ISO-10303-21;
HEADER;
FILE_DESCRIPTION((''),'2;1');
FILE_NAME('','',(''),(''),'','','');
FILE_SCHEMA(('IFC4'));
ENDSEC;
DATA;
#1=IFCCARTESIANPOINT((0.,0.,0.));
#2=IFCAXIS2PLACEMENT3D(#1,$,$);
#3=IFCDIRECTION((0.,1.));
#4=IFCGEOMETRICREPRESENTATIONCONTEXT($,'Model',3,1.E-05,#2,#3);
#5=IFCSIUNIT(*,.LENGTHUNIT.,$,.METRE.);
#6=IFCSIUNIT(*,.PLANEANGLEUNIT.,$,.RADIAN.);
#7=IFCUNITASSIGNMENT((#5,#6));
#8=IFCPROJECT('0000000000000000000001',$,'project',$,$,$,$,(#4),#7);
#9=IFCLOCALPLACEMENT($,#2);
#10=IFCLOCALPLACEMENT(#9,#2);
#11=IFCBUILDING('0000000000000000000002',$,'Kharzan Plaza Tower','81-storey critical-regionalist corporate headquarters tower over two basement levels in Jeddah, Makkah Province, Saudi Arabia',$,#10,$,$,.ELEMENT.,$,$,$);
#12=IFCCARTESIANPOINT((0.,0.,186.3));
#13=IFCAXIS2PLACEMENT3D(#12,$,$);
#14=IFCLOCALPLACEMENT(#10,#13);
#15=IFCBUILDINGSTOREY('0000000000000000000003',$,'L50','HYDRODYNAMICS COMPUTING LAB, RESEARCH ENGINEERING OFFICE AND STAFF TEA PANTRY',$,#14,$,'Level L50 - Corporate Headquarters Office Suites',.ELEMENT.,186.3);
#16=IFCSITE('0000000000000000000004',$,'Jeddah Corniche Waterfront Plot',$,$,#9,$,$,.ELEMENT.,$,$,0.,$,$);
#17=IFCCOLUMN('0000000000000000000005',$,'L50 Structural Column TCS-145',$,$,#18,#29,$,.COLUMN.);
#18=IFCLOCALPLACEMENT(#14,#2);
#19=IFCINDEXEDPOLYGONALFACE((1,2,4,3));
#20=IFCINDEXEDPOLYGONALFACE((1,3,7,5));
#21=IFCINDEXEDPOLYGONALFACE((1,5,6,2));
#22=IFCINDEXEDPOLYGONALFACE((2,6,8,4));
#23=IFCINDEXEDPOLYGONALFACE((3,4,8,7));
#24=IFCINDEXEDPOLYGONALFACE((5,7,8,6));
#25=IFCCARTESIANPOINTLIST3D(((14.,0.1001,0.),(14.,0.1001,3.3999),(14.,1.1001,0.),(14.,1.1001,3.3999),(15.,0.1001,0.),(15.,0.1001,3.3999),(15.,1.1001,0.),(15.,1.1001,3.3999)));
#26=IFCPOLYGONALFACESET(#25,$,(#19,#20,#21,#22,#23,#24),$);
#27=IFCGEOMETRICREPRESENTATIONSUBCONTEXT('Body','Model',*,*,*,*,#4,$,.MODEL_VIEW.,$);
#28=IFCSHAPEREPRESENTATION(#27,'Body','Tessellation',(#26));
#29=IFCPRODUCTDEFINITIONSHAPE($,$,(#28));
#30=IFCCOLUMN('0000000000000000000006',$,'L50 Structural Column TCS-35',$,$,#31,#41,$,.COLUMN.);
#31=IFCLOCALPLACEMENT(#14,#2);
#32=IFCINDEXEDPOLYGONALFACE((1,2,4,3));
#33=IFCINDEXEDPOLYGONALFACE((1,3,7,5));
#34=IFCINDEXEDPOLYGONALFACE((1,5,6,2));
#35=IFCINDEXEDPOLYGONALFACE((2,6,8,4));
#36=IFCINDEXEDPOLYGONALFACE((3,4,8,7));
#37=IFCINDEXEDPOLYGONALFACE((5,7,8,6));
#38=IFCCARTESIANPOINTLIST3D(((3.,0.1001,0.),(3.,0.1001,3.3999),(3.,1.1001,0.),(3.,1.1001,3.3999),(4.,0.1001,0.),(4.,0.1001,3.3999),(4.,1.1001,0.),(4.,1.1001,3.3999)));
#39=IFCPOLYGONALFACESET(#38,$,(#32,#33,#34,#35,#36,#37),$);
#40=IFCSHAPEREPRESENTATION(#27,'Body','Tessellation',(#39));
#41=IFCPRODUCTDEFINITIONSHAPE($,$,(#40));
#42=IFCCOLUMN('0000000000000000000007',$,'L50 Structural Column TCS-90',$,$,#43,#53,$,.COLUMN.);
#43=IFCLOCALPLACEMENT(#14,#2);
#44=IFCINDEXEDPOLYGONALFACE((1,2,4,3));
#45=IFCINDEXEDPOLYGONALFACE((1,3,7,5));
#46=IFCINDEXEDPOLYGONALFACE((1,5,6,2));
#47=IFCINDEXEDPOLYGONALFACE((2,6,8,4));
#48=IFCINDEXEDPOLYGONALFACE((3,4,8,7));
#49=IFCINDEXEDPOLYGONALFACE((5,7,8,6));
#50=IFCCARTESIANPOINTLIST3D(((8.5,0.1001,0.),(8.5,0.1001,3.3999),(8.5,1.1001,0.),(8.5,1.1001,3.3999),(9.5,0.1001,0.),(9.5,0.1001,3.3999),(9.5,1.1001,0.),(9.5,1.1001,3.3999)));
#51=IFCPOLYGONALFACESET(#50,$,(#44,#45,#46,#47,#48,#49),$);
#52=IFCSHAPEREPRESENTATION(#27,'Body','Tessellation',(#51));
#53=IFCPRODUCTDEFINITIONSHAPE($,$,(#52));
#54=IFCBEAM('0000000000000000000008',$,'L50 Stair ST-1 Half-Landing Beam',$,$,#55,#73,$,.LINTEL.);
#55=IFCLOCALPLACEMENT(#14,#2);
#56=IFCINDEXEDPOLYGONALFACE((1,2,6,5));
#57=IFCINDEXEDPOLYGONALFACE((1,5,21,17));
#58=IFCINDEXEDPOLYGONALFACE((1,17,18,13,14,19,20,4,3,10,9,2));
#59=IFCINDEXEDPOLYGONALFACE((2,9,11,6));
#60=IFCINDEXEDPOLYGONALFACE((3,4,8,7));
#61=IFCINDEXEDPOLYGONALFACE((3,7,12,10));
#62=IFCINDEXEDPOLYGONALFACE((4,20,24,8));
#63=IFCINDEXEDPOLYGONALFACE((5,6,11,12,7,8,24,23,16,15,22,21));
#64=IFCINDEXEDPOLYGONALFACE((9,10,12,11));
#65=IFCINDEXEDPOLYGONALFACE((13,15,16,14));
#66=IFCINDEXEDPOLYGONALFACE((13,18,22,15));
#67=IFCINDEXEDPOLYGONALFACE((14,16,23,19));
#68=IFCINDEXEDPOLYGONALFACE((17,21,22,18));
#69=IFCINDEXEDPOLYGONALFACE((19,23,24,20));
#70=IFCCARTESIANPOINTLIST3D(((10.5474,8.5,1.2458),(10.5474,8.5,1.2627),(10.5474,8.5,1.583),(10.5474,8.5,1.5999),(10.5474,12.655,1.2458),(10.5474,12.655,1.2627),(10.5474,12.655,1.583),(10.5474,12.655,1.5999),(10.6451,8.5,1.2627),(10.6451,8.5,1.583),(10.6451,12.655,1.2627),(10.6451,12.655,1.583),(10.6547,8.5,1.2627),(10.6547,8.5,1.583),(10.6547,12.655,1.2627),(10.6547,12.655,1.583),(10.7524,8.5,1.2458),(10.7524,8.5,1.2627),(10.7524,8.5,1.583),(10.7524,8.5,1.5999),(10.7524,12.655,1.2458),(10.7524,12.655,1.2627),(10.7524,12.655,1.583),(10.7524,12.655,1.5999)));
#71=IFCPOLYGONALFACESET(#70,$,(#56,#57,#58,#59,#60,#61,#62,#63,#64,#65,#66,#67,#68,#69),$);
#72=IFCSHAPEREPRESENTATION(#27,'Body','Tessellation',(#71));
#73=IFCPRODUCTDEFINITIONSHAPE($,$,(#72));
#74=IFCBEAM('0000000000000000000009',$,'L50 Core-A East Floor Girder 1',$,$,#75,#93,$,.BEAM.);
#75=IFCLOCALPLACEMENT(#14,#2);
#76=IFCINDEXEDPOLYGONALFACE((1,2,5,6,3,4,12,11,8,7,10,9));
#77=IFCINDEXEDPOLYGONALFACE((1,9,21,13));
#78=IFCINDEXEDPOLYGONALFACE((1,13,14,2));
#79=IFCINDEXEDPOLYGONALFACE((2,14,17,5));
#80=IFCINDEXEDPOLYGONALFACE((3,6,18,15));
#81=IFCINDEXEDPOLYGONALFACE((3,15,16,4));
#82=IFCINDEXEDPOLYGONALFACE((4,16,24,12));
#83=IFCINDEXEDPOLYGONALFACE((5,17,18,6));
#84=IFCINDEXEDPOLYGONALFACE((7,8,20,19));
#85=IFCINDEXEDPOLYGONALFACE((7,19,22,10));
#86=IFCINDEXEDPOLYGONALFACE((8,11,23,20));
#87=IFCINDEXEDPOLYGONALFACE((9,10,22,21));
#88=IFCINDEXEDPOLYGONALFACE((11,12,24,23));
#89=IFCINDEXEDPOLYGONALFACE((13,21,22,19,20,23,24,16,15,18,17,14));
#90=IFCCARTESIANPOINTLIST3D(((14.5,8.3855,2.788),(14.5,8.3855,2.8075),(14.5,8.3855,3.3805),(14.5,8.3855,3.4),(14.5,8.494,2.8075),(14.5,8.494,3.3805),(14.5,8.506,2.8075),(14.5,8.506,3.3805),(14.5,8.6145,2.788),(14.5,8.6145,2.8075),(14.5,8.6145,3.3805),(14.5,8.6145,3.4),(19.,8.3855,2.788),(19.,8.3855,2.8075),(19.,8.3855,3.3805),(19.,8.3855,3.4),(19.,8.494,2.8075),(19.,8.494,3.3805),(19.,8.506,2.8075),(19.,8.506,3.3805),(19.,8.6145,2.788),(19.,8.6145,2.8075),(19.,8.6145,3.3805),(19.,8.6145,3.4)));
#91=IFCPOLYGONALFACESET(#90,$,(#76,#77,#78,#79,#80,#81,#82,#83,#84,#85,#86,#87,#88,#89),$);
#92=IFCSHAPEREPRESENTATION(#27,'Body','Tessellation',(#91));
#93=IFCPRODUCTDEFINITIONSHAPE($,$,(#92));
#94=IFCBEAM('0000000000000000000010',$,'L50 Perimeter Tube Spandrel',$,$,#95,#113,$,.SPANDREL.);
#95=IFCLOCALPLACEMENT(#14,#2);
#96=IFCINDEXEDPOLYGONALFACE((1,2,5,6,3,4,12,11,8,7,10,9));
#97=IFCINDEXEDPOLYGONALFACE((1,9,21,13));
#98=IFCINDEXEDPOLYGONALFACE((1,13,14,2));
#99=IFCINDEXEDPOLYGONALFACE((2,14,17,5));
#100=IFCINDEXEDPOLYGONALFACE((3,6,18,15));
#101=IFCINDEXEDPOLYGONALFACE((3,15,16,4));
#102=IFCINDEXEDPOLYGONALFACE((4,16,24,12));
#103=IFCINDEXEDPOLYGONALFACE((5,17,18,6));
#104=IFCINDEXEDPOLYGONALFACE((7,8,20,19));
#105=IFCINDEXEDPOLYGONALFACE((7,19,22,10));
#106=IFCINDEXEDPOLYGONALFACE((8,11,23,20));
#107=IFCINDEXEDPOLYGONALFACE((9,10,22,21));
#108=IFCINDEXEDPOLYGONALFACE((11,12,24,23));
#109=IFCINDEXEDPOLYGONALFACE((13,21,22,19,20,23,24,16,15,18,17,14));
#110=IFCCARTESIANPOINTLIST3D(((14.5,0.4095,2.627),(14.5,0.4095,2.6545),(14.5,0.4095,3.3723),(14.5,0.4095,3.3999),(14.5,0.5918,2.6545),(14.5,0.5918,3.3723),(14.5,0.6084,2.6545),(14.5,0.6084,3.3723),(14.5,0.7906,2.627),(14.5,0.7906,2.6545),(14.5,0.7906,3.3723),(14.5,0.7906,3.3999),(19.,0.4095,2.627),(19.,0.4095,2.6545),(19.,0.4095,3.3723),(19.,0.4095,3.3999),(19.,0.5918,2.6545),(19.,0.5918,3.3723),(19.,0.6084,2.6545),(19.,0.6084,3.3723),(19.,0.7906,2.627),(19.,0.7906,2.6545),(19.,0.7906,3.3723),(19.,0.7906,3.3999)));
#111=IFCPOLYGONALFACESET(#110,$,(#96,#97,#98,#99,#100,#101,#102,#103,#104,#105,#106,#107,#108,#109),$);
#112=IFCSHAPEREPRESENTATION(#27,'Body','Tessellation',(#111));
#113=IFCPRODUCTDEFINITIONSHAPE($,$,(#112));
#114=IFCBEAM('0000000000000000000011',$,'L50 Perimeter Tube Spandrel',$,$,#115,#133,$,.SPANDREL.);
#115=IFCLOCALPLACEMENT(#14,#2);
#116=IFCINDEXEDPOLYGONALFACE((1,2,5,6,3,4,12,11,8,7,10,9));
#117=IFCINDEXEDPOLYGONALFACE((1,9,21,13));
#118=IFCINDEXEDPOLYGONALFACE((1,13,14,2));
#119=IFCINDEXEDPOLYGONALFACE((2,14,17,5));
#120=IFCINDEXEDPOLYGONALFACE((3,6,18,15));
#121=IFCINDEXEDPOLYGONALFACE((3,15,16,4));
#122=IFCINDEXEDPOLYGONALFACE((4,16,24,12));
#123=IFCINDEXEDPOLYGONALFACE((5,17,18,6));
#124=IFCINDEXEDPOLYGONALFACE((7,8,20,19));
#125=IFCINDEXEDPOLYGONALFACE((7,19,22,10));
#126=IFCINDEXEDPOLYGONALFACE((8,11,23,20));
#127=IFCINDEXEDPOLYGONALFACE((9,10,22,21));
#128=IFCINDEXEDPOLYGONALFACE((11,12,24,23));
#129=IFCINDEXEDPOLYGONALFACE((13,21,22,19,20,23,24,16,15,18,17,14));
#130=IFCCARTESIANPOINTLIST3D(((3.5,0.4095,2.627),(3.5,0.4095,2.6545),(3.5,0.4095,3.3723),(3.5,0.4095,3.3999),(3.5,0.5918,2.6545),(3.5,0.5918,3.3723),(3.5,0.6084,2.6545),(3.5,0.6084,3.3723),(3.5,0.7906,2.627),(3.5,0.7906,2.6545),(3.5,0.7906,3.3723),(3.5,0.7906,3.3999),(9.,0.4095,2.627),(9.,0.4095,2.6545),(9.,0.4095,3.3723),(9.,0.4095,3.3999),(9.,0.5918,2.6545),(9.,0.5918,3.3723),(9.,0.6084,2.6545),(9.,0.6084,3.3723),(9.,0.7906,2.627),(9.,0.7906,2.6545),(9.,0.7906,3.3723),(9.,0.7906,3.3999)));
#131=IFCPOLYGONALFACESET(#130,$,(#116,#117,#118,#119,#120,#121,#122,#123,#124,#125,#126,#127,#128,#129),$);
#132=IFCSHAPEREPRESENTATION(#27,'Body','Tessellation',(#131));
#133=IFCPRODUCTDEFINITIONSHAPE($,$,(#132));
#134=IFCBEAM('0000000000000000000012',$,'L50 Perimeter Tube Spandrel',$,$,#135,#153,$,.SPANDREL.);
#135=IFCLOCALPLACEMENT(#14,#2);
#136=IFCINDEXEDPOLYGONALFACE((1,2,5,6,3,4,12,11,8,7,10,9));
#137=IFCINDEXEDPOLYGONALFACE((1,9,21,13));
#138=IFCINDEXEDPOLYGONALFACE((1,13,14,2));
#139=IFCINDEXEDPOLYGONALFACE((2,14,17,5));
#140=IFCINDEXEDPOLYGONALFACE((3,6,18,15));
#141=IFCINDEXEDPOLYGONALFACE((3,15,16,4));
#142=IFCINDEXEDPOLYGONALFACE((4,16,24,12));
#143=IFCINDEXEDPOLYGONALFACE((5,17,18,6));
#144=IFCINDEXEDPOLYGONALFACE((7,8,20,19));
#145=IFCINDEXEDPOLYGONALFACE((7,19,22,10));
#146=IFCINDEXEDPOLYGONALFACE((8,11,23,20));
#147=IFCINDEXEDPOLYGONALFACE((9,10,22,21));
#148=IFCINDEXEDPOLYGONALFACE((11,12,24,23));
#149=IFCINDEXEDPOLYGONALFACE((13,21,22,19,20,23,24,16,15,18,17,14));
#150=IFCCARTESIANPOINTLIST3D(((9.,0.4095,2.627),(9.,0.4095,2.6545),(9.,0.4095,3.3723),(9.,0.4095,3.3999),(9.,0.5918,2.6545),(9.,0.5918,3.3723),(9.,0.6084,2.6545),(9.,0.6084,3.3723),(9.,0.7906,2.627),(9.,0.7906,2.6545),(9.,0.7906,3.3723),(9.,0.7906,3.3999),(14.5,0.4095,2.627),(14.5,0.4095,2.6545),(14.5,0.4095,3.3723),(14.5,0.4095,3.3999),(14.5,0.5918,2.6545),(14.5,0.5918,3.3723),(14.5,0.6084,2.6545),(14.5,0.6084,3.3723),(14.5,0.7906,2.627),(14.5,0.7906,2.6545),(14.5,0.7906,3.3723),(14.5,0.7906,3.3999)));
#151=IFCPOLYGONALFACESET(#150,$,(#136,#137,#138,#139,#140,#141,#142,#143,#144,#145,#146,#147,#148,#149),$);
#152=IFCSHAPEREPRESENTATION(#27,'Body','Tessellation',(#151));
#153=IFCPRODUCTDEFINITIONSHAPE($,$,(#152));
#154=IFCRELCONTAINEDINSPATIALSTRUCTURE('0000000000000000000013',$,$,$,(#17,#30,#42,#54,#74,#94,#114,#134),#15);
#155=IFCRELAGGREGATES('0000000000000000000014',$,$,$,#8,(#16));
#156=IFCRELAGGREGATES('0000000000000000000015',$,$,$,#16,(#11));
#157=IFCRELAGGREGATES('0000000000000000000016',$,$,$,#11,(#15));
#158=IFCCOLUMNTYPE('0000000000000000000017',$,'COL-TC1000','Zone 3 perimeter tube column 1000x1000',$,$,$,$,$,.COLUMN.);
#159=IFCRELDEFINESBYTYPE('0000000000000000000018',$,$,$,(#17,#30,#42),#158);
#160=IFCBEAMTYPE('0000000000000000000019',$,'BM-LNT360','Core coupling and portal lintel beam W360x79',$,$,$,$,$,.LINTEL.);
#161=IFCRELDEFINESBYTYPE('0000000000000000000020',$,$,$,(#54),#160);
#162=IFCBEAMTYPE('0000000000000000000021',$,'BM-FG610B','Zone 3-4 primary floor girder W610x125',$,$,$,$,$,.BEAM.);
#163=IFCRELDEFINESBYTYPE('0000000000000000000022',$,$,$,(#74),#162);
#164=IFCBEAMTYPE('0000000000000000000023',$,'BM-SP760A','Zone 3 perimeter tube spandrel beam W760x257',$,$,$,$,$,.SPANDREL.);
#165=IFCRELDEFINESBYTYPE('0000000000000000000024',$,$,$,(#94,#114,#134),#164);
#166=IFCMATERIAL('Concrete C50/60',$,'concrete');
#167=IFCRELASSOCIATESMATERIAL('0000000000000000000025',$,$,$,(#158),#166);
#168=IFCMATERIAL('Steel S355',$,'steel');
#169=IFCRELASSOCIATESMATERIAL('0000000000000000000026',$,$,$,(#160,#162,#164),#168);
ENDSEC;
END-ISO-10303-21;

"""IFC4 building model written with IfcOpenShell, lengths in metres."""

from ifc_helpers import new_model, si_unit, direction, frame, origin, origin_2d, place, context, subcontext, project, spatial, rectangle, i_section, extrude, source, transform, mapped, material, material_profile, profile_set, type_object, element, save


model = new_model("IFC4")

# Units and contexts
model_context = context("Model", 3, precision=1e-05, world=origin(), true_north=direction((0.0, 1.0)))
body_context = subcontext(model_context, "Body", "Model", "MODEL_VIEW")
ifc_project = project(units=[si_unit("LENGTHUNIT", "METRE"), si_unit("PLANEANGLEUNIT", "RADIAN")], contexts=[model_context])

# Site, building, storey
site_placement = place(None, origin())
site = spatial("IfcSite", under=ifc_project, at=site_placement, Name="Jeddah Corniche Waterfront Plot", CompositionType="ELEMENT", RefElevation=0.0)
building_placement = place(site_placement, origin())
building = spatial("IfcBuilding", under=site, at=building_placement, Name="Kharzan Plaza Tower", Description="81-storey critical-regionalist corporate headquarters tower over two basement levels in Jeddah, Makkah Province, Saudi Arabia", CompositionType="ELEMENT")
storey_placement = place(building_placement, frame((0.0, 0.0, 186.3)))
storey = spatial("IfcBuildingStorey", under=building, at=storey_placement, Name="L50", Description="HYDRODYNAMICS COMPUTING LAB, RESEARCH ENGINEERING OFFICE AND STAFF TEA PANTRY", LongName="Level L50 - Corporate Headquarters Office Suites", CompositionType="ELEMENT", Elevation=186.3)

# Columns
ifc_material_1 = material(Name="Concrete C50/60", Category="concrete")
ifc_material_profile_1 = material_profile(ifc_material_1, rectangle(XDim=1.0, YDim=1.0, at=origin_2d()), Name="RC-TC1000x1000")
ifc_profile_set_1 = profile_set([ifc_material_profile_1], Name="Concrete C50/60")
column_type = type_object("IfcColumnType", Name="COL-TC1000", Description="Zone 3 perimeter tube column 1000x1000", PredefinedType="COLUMN", material=ifc_profile_set_1)
shared_shape_1 = source(origin(), body_context, "Body", "SweptSolid", [
    extrude(rectangle(XDim=1.0, YDim=1.0, at=origin_2d()), origin(), (0.0, 0.0, 1.0), 3.3999),
])
for number, where, z_axis, x_axis, name in (
    (1, (14.5, 0.6001, 0.0), (0.0, 0.0, 1.0), (1.0, 0.0, 0.0), "L50 Structural Column TCS-145"),
    (2, (3.5, 0.6001, 0.0), (0.0, 0.0, 1.0), (1.0, 0.0, 0.0), "L50 Structural Column TCS-35"),
    (3, (9.0, 0.6001, 0.0), (0.0, 0.0, 1.0), (1.0, 0.0, 0.0), "L50 Structural Column TCS-90"),
):
    element("IfcColumn", number, at=place(storey_placement, frame(where, z_axis=z_axis, x_axis=x_axis)), inside=storey, type_object=column_type, Name=name, PredefinedType="COLUMN", context=body_context, shape_type="MappedRepresentation", body=[
        mapped(shared_shape_1, transform((0.0, 0.0, 0.0), x_axis=(1.0, 0.0, 0.0), y_axis=(0.0, 1.0, 0.0), z_axis=(0.0, 0.0, 1.0))),
    ])

# Beams
ifc_material_2 = material(Name="Steel S355", Category="steel")
ifc_material_profile_2 = material_profile(ifc_material_2, i_section(OverallWidth=0.2051, OverallDepth=0.354, WebThickness=0.0095, FlangeThickness=0.0168, at=origin_2d()), Name="W360x79")
ifc_profile_set_2 = profile_set([ifc_material_profile_2], Name="Steel S355")
beam_type_1 = type_object("IfcBeamType", Name="BM-LNT360", Description="Core coupling and portal lintel beam W360x79", PredefinedType="LINTEL", material=ifc_profile_set_2)
shared_shape_2 = source(origin(), body_context, "Body", "SweptSolid", [
    extrude(i_section(OverallWidth=0.2051, OverallDepth=0.354, WebThickness=0.0095, FlangeThickness=0.0168, at=origin_2d()), origin(), (0.0, 0.0, 1.0), 4.155),
])
beam_1_placement = place(storey_placement, frame((10.6499, 8.5, 1.4229), z_axis=(0.0, 1.0, 0.0), x_axis=(-1.0, 0.0, 0.0)))
element("IfcBeam", 4, at=beam_1_placement, inside=storey, type_object=beam_type_1, Name="L50 Stair ST-1 Half-Landing Beam", PredefinedType="LINTEL", context=body_context, shape_type="MappedRepresentation", body=[
    mapped(shared_shape_2, transform((0.0, 0.0, 0.0), x_axis=(1.0, 0.0, 0.0), y_axis=(0.0, 1.0, 0.0), z_axis=(0.0, 0.0, 1.0))),
])
ifc_material_profile_3 = material_profile(ifc_material_2, i_section(OverallWidth=0.229, OverallDepth=0.6121, WebThickness=0.012, FlangeThickness=0.0195, at=origin_2d()), Name="W610x125")
ifc_profile_set_3 = profile_set([ifc_material_profile_3], Name="Steel S355")
beam_type_2 = type_object("IfcBeamType", Name="BM-FG610B", Description="Zone 3-4 primary floor girder W610x125", PredefinedType="BEAM", material=ifc_profile_set_3)
shared_shape_3 = source(origin(), body_context, "Body", "SweptSolid", [
    extrude(i_section(OverallWidth=0.229, OverallDepth=0.6121, WebThickness=0.012, FlangeThickness=0.0195, at=origin_2d()), origin(), (0.0, 0.0, 1.0), 4.5),
])
beam_2_placement = place(storey_placement, frame((14.5, 8.5, 3.094), z_axis=(1.0, 0.0, 0.0), x_axis=(0.0, 1.0, 0.0)))
element("IfcBeam", 5, at=beam_2_placement, inside=storey, type_object=beam_type_2, Name="L50 Core-A East Floor Girder 1", PredefinedType="BEAM", context=body_context, shape_type="MappedRepresentation", body=[
    mapped(shared_shape_3, transform((0.0, 0.0, 0.0), x_axis=(1.0, 0.0, 0.0), y_axis=(0.0, 1.0, 0.0), z_axis=(0.0, 0.0, 1.0))),
])
ifc_material_profile_4 = material_profile(ifc_material_2, i_section(OverallWidth=0.3811, OverallDepth=0.7729, WebThickness=0.0166, FlangeThickness=0.0276, at=origin_2d()), Name="W760x257")
ifc_profile_set_4 = profile_set([ifc_material_profile_4], Name="Steel S355")
beam_type_3 = type_object("IfcBeamType", Name="BM-SP760A", Description="Zone 3 perimeter tube spandrel beam W760x257", PredefinedType="SPANDREL", material=ifc_profile_set_4)
shared_shape_4 = source(origin(), body_context, "Body", "SweptSolid", [
    extrude(i_section(OverallWidth=0.3811, OverallDepth=0.7729, WebThickness=0.0166, FlangeThickness=0.0276, at=origin_2d()), origin(), (0.0, 0.0, 1.0), 4.5),
])
beam_3_placement = place(storey_placement, frame((14.5, 0.6001, 3.0134), z_axis=(1.0, 0.0, 0.0), x_axis=(0.0, 1.0, 0.0)))
element("IfcBeam", 6, at=beam_3_placement, inside=storey, type_object=beam_type_3, Name="L50 Perimeter Tube Spandrel", PredefinedType="SPANDREL", context=body_context, shape_type="MappedRepresentation", body=[
    mapped(shared_shape_4, transform((0.0, 0.0, 0.0), x_axis=(1.0, 0.0, 0.0), y_axis=(0.0, 1.0, 0.0), z_axis=(0.0, 0.0, 1.0))),
])
shared_shape_5 = source(origin(), body_context, "Body", "SweptSolid", [
    extrude(i_section(OverallWidth=0.3811, OverallDepth=0.7729, WebThickness=0.0166, FlangeThickness=0.0276, at=origin_2d()), origin(), (0.0, 0.0, 1.0), 5.5),
])
for number, where, z_axis, x_axis, name in (
    (7, (3.5, 0.6001, 3.0134), (1.0, 0.0, 0.0), (0.0, 1.0, 0.0), "L50 Perimeter Tube Spandrel"),
    (8, (9.0, 0.6001, 3.0134), (1.0, 0.0, 0.0), (0.0, 1.0, 0.0), "L50 Perimeter Tube Spandrel"),
):
    element("IfcBeam", number, at=place(storey_placement, frame(where, z_axis=z_axis, x_axis=x_axis)), inside=storey, type_object=beam_type_3, Name=name, PredefinedType="SPANDREL", context=body_context, shape_type="MappedRepresentation", body=[
        mapped(shared_shape_5, transform((0.0, 0.0, 0.0), x_axis=(1.0, 0.0, 0.0), y_axis=(0.0, 1.0, 0.0), z_axis=(0.0, 0.0, 1.0))),
    ])

save(model, "model.ifc")
